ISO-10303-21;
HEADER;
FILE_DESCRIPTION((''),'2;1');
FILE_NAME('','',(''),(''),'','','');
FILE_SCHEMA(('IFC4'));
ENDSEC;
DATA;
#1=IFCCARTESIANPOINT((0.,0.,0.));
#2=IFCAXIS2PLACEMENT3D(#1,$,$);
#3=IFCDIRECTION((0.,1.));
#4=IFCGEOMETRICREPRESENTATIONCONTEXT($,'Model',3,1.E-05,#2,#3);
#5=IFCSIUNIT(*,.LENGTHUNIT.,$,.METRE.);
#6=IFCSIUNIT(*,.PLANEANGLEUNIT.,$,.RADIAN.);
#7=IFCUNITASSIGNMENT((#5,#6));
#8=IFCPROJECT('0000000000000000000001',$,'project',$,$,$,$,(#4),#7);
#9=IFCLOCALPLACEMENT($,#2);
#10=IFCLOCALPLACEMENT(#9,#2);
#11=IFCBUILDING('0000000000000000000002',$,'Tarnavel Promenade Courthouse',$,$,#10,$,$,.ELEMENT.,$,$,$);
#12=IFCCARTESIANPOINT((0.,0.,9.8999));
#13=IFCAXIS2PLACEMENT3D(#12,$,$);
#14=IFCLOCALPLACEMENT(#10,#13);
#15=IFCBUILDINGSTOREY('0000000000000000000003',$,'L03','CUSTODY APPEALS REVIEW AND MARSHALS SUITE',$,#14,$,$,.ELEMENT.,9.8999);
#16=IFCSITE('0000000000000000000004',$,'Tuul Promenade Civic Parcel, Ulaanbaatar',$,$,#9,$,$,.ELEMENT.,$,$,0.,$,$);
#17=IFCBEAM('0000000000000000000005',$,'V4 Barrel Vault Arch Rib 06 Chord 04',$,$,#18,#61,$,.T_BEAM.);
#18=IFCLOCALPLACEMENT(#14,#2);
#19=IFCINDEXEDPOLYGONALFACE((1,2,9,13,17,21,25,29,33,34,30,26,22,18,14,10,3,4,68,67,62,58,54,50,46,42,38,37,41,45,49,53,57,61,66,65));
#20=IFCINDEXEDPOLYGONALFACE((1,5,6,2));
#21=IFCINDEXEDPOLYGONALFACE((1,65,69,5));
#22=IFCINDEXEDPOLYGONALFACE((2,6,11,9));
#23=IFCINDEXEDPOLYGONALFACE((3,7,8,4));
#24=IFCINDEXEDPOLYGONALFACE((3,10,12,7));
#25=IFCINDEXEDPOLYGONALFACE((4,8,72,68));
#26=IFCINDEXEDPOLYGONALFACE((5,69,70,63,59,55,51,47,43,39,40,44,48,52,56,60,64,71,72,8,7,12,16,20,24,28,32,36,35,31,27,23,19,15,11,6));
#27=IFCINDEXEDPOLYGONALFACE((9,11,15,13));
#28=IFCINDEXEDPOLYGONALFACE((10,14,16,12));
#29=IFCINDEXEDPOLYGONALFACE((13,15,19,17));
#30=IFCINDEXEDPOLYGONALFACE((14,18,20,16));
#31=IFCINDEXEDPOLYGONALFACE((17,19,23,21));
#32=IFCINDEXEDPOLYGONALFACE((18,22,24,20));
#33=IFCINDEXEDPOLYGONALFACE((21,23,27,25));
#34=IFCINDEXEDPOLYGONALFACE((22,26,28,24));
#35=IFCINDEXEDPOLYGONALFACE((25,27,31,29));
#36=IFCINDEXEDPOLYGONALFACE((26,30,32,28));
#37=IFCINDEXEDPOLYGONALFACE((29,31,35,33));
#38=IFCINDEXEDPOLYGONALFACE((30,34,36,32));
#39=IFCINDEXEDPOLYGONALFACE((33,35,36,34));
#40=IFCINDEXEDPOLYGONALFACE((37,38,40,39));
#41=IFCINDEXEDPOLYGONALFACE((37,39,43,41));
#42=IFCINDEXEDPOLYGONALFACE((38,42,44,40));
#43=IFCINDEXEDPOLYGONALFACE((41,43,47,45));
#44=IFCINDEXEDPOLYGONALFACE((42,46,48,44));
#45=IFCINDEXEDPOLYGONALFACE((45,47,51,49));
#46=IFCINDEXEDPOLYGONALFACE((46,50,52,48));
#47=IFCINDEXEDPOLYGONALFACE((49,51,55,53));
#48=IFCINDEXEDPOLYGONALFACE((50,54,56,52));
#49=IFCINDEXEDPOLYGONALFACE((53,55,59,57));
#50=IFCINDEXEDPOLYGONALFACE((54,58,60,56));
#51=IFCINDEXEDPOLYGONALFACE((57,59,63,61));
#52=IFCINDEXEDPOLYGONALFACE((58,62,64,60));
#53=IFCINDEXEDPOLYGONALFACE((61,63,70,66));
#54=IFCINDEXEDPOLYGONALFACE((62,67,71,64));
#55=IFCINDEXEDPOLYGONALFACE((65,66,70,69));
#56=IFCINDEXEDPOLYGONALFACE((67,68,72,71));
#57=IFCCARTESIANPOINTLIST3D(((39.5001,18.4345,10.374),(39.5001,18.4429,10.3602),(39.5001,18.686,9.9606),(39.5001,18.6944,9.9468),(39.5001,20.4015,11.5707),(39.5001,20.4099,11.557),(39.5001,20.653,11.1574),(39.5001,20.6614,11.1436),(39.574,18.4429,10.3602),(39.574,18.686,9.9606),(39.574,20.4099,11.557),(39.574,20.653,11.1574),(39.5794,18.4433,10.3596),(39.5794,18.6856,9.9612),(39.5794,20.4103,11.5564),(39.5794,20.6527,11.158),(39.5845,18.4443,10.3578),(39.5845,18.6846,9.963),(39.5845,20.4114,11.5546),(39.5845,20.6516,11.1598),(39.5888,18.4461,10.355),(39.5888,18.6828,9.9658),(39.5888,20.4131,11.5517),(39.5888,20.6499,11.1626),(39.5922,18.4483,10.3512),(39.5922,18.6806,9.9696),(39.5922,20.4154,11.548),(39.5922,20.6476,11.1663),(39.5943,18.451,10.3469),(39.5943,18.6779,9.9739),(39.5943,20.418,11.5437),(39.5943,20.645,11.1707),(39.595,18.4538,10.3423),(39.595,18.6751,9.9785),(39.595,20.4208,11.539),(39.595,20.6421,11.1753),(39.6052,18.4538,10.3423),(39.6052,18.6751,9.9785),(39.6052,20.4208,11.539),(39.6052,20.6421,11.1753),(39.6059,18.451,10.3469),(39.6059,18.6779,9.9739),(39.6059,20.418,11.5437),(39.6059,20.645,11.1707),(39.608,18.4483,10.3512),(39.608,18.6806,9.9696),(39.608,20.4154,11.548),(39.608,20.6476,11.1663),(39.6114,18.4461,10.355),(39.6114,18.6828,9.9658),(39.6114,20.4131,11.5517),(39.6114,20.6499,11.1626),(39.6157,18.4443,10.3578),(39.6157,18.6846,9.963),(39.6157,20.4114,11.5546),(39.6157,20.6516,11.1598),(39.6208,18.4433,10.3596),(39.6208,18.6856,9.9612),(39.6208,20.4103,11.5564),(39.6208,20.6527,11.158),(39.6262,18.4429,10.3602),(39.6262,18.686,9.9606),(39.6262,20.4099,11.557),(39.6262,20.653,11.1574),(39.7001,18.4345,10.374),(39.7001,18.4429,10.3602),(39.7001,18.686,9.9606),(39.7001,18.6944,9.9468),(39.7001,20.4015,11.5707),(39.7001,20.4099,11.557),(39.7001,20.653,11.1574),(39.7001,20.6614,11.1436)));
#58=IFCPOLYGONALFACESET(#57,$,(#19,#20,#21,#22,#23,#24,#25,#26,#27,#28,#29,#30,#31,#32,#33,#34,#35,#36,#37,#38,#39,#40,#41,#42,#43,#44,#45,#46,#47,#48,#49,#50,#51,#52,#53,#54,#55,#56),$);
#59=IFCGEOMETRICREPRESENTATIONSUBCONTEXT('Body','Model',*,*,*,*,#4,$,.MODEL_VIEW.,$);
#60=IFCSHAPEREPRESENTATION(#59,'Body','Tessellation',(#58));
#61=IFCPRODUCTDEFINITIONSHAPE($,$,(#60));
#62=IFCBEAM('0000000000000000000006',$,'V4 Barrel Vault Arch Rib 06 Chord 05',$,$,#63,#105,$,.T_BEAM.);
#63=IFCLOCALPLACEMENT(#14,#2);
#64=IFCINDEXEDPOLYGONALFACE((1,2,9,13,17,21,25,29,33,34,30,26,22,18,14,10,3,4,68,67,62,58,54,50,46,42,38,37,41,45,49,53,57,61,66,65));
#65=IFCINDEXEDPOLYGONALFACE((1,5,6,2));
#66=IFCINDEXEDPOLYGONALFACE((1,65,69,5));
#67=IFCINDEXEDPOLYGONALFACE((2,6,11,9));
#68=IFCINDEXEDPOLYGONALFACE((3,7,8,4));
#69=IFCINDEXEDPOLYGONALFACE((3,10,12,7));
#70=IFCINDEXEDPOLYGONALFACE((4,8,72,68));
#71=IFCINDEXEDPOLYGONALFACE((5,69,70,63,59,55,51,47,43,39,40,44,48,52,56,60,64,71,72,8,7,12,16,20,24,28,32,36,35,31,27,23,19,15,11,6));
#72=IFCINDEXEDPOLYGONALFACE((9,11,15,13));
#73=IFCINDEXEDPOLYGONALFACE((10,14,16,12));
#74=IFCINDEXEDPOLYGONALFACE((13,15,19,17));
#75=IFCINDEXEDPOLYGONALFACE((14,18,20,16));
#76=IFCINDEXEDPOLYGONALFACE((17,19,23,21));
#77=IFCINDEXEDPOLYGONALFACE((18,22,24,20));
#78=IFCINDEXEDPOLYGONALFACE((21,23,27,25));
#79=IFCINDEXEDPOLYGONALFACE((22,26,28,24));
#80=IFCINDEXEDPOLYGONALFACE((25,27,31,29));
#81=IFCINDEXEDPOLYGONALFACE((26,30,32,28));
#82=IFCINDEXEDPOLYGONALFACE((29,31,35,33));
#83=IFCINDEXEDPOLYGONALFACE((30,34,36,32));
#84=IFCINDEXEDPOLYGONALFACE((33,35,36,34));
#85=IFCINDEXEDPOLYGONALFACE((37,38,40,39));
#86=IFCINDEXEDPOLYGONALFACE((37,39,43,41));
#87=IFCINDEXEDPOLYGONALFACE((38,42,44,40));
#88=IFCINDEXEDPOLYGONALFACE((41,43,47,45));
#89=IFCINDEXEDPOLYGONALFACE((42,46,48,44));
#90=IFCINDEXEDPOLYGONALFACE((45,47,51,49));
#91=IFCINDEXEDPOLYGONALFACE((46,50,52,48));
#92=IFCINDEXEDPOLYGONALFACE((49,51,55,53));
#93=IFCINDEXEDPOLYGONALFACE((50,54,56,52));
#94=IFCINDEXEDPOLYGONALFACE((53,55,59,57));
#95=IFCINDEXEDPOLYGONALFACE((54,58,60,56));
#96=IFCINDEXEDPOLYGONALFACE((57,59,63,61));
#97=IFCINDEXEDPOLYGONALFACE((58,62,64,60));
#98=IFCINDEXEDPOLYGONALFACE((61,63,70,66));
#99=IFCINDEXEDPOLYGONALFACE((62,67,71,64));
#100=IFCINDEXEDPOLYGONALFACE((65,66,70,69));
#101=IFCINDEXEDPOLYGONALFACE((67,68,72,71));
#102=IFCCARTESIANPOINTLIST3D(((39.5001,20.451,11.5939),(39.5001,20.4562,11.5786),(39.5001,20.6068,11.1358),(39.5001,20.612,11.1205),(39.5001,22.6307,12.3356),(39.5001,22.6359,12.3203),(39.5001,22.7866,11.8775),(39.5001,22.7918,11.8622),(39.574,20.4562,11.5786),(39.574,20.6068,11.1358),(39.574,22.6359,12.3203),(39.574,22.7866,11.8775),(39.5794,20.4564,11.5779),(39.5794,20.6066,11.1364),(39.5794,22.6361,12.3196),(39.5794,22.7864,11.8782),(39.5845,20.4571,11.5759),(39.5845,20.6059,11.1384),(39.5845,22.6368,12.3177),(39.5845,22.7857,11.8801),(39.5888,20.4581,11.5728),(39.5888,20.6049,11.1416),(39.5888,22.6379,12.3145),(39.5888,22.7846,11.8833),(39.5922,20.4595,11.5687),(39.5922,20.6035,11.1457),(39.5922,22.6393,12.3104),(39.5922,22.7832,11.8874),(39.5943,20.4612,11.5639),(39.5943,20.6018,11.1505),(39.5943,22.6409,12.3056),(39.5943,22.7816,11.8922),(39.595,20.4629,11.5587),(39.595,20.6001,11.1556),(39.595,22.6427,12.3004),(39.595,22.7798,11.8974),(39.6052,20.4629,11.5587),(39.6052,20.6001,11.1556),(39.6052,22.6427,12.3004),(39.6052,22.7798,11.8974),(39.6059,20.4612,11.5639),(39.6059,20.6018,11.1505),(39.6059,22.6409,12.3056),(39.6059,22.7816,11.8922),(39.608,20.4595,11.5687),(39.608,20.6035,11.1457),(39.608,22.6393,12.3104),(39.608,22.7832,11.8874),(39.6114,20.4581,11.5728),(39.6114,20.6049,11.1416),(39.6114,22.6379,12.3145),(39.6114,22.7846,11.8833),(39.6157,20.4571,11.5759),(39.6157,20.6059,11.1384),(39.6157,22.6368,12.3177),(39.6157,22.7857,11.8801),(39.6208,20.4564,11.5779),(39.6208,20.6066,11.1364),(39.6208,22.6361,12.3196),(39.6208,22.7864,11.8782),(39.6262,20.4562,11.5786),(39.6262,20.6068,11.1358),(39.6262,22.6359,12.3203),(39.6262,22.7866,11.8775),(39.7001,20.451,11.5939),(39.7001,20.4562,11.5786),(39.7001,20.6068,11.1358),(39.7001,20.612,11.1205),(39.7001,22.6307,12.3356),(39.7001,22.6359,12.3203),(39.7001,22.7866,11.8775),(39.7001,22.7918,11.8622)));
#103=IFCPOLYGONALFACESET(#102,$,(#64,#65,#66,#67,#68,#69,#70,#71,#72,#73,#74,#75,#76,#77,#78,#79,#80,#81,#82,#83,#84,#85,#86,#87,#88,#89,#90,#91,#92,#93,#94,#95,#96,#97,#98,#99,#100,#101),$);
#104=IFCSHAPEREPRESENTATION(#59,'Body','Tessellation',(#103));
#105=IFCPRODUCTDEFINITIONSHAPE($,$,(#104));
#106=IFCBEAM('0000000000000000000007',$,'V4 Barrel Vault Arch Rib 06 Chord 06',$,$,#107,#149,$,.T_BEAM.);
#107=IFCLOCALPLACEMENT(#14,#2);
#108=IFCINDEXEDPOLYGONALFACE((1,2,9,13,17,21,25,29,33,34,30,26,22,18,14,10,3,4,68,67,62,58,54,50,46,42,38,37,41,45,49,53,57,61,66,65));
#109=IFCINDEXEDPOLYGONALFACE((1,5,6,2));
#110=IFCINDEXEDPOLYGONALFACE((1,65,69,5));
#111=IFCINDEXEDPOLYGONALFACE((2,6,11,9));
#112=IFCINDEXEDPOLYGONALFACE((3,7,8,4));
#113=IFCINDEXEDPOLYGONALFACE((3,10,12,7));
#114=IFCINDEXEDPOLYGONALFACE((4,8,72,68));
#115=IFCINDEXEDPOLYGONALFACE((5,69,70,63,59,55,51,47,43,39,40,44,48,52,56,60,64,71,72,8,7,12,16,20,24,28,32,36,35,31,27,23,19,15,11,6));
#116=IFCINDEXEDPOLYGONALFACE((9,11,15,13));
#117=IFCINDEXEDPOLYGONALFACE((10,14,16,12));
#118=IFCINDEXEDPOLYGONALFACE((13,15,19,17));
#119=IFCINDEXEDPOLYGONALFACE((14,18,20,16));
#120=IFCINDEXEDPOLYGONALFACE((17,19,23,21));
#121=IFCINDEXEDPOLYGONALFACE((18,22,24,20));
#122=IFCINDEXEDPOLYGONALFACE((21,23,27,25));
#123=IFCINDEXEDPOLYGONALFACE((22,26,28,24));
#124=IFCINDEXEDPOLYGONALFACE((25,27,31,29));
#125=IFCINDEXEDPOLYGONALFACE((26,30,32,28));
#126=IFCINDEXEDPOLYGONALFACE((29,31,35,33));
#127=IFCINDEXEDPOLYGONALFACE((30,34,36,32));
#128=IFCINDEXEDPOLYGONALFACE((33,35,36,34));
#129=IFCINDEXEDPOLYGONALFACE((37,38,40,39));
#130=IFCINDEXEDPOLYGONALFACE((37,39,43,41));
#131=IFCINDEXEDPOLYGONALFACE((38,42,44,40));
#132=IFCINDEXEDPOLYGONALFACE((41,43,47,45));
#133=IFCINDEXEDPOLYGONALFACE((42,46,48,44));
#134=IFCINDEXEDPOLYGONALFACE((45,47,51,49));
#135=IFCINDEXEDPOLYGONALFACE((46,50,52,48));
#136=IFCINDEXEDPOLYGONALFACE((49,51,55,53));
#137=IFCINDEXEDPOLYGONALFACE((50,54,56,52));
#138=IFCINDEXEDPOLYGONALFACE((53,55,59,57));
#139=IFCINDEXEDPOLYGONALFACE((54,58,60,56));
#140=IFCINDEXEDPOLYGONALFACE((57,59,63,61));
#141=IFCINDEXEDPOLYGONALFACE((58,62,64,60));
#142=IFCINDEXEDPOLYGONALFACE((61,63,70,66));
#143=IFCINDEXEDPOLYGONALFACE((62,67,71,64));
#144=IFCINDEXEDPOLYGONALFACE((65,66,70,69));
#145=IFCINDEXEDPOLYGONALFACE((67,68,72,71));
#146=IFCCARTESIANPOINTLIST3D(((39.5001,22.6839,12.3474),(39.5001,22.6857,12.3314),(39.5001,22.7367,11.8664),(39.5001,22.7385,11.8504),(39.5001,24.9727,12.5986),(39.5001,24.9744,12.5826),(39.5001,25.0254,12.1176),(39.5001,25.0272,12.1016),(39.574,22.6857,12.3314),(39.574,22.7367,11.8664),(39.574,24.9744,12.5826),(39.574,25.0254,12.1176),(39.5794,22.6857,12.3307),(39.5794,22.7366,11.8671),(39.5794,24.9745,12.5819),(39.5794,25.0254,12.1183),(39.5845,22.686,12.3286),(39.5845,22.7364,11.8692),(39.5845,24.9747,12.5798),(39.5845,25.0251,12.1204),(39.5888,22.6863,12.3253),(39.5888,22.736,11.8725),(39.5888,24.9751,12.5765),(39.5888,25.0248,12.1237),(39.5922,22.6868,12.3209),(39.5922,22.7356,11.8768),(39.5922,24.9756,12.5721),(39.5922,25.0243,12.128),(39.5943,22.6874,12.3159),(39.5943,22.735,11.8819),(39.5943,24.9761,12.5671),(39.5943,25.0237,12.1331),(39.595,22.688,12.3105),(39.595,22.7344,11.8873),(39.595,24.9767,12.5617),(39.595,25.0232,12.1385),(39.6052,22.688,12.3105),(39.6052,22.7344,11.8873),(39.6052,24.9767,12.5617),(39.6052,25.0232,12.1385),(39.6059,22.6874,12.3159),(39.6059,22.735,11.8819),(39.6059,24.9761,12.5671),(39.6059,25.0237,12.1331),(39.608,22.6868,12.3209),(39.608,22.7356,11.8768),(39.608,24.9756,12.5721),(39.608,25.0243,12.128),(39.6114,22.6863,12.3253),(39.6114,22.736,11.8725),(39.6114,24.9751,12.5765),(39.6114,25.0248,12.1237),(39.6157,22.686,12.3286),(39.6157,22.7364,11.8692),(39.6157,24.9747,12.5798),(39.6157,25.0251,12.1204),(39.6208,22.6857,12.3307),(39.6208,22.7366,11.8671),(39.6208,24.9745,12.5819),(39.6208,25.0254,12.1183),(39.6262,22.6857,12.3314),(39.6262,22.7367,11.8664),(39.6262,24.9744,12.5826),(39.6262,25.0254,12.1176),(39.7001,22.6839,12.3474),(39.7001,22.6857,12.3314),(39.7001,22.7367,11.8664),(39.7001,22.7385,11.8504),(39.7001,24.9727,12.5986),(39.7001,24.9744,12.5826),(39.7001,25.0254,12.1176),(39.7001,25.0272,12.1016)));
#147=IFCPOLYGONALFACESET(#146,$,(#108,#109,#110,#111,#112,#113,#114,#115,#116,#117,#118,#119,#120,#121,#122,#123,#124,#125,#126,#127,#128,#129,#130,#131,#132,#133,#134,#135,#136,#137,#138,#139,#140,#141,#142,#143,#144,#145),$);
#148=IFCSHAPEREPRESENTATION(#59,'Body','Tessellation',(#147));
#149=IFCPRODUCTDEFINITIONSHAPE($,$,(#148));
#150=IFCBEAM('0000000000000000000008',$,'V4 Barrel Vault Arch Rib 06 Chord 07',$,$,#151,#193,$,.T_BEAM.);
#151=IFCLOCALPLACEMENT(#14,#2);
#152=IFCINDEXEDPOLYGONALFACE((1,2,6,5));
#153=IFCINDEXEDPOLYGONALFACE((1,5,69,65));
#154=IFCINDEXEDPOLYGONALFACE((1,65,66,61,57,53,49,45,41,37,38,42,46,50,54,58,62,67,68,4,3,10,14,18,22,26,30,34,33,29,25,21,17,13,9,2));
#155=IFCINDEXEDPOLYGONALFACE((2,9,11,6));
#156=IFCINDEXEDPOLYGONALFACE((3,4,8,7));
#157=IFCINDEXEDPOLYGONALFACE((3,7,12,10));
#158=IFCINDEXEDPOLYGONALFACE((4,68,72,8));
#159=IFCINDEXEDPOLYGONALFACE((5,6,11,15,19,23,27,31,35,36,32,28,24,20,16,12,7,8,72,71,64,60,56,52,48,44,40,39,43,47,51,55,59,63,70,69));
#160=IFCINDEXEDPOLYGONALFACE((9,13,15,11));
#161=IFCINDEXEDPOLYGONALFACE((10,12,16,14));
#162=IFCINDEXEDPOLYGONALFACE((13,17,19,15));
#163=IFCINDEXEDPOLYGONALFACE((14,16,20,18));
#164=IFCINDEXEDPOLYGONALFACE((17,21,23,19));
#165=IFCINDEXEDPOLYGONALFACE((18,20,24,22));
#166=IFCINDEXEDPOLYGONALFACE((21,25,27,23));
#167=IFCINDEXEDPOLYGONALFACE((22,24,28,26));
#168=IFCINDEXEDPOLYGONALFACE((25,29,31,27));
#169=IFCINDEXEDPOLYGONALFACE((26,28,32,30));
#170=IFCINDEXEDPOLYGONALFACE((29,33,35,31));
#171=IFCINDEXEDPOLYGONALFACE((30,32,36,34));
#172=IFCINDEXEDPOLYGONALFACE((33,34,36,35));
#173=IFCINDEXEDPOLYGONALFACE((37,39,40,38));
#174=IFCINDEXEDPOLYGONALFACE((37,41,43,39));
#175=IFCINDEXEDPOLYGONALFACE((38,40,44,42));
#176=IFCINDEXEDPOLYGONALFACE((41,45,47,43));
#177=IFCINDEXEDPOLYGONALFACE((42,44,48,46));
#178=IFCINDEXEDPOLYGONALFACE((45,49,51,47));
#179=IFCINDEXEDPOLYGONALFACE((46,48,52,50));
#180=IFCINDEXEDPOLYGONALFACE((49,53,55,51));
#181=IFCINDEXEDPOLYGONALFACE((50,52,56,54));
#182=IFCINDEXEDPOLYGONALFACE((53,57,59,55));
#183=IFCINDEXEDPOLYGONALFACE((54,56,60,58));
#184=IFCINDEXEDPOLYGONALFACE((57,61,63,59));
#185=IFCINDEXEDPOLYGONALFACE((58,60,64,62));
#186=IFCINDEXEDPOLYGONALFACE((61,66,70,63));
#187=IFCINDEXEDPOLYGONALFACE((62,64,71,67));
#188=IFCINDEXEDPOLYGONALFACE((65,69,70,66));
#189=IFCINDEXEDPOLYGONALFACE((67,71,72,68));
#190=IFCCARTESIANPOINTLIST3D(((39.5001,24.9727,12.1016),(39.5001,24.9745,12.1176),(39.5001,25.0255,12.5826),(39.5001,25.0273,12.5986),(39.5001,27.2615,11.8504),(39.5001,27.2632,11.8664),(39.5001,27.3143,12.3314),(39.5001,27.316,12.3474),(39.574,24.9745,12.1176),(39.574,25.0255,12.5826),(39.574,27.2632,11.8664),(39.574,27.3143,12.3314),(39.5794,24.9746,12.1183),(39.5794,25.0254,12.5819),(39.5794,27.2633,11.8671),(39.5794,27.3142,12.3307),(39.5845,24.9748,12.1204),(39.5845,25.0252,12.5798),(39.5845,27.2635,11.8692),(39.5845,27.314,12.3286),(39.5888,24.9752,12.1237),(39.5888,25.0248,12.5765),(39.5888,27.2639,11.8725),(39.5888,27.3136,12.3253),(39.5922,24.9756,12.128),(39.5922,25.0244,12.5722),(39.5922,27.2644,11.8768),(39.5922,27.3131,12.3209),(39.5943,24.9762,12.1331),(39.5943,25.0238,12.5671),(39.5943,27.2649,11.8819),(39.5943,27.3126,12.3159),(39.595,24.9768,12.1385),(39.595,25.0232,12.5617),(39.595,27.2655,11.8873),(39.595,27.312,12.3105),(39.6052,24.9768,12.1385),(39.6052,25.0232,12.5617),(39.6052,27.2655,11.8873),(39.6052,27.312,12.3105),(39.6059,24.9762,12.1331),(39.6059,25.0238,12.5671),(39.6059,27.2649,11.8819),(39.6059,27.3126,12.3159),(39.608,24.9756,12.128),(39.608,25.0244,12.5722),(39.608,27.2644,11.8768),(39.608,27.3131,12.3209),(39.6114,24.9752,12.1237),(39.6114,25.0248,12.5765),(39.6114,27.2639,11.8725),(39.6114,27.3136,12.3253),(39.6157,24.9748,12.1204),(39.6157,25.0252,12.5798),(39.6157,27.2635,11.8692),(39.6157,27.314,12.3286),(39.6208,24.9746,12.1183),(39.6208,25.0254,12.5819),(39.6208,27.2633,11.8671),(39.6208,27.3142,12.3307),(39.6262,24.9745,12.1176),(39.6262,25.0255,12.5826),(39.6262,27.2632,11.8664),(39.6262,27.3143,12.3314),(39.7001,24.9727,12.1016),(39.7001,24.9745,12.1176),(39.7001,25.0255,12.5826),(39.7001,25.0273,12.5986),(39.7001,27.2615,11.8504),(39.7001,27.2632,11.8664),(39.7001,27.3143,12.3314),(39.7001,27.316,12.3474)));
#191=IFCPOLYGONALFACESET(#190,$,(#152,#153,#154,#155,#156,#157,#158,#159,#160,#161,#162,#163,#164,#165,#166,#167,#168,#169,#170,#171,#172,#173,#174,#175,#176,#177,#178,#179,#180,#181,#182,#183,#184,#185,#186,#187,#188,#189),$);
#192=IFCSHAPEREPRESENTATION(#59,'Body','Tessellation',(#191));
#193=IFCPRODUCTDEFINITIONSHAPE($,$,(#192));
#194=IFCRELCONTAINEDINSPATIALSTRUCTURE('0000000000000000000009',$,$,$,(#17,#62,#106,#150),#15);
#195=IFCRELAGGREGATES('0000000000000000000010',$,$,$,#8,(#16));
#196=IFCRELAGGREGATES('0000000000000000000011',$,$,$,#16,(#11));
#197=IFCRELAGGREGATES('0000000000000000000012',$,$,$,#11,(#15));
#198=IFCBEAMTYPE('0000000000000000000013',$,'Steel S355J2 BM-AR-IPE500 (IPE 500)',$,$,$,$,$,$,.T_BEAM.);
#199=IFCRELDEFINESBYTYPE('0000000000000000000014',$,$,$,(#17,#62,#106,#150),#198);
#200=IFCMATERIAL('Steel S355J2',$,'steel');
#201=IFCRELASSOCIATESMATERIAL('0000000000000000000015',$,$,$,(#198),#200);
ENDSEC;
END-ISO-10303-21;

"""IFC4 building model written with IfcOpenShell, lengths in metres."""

from ifc_helpers import new_model, si_unit, direction, frame, origin, origin_2d, place, context, subcontext, project, spatial, i_section, extrude, material, material_profile, profile_set, type_object, element, save


model = new_model("IFC4")

# Units and contexts
model_context = context("Model", 3, precision=1e-05, world=origin(), true_north=direction((0.0, 1.0)))
body_context = subcontext(model_context, "Body", "Model", "MODEL_VIEW")
ifc_project = project(units=[si_unit("LENGTHUNIT", "METRE"), si_unit("PLANEANGLEUNIT", "RADIAN")], contexts=[model_context])

# Site, building, storey
site_placement = place(None, origin())
site = spatial("IfcSite", under=ifc_project, at=site_placement, Name="Tuul Promenade Civic Parcel, Ulaanbaatar", CompositionType="ELEMENT", RefElevation=0.0)
building_placement = place(site_placement, origin())
building = spatial("IfcBuilding", under=site, at=building_placement, Name="Tarnavel Promenade Courthouse", CompositionType="ELEMENT")
storey_placement = place(building_placement, frame((0.0, 0.0, 9.8999)))
storey = spatial("IfcBuildingStorey", under=building, at=storey_placement, Name="L03", Description="CUSTODY APPEALS REVIEW AND MARSHALS SUITE", CompositionType="ELEMENT", Elevation=9.8999)

# Beams
ifc_material_1 = material(Name="Steel S355J2", Category="steel")
ifc_material_profile_1 = material_profile(ifc_material_1, i_section(OverallWidth=0.2, OverallDepth=0.5, WebThickness=0.0103, FlangeThickness=0.0161, FilletRadius=0.021, at=origin_2d()), Name="IPE 500")
ifc_profile_set_1 = profile_set([ifc_material_profile_1], Name="Steel S355J2")
beam_type = type_object("IfcBeamType", Name="Steel S355J2 BM-AR-IPE500 (IPE 500)", PredefinedType="T_BEAM", material=ifc_profile_set_1)
for number, where, z_axis, x_axis, name in (
    (1, (39.6001, 18.5645, 10.1604), (0.0, 0.854305, 0.519772), (-1.0, 0.0, 0.0), "V4 Barrel Vault Arch Rib 06 Chord 04"),
    (2, (39.6001, 20.5315, 11.3572), (0.0, 0.946693, 0.322138), (-1.0, 0.0, 0.0), "V4 Barrel Vault Arch Rib 06 Chord 05"),
    (3, (39.6001, 22.7112, 12.0989), (0.0, 0.99403, 0.109105), (-1.0, 0.0, 0.0), "V4 Barrel Vault Arch Rib 06 Chord 06"),
    (4, (39.6001, 25.0, 12.3501), (0.0, 0.99403, -0.109105), (-1.0, 0.0, 0.0), "V4 Barrel Vault Arch Rib 06 Chord 07"),
):
    element("IfcBeam", number, at=place(storey_placement, frame(where, z_axis=z_axis, x_axis=x_axis)), inside=storey, type_object=beam_type, Name=name, PredefinedType="T_BEAM", context=body_context, shape_type="SweptSolid", body=[
        extrude(i_section(OverallWidth=0.2, OverallDepth=0.5, WebThickness=0.0103, FlangeThickness=0.0161, FilletRadius=0.021, at=origin_2d()), origin(), (0.0, 0.0, 1.0), 2.3025),
    ])

save(model, "model.ifc")
